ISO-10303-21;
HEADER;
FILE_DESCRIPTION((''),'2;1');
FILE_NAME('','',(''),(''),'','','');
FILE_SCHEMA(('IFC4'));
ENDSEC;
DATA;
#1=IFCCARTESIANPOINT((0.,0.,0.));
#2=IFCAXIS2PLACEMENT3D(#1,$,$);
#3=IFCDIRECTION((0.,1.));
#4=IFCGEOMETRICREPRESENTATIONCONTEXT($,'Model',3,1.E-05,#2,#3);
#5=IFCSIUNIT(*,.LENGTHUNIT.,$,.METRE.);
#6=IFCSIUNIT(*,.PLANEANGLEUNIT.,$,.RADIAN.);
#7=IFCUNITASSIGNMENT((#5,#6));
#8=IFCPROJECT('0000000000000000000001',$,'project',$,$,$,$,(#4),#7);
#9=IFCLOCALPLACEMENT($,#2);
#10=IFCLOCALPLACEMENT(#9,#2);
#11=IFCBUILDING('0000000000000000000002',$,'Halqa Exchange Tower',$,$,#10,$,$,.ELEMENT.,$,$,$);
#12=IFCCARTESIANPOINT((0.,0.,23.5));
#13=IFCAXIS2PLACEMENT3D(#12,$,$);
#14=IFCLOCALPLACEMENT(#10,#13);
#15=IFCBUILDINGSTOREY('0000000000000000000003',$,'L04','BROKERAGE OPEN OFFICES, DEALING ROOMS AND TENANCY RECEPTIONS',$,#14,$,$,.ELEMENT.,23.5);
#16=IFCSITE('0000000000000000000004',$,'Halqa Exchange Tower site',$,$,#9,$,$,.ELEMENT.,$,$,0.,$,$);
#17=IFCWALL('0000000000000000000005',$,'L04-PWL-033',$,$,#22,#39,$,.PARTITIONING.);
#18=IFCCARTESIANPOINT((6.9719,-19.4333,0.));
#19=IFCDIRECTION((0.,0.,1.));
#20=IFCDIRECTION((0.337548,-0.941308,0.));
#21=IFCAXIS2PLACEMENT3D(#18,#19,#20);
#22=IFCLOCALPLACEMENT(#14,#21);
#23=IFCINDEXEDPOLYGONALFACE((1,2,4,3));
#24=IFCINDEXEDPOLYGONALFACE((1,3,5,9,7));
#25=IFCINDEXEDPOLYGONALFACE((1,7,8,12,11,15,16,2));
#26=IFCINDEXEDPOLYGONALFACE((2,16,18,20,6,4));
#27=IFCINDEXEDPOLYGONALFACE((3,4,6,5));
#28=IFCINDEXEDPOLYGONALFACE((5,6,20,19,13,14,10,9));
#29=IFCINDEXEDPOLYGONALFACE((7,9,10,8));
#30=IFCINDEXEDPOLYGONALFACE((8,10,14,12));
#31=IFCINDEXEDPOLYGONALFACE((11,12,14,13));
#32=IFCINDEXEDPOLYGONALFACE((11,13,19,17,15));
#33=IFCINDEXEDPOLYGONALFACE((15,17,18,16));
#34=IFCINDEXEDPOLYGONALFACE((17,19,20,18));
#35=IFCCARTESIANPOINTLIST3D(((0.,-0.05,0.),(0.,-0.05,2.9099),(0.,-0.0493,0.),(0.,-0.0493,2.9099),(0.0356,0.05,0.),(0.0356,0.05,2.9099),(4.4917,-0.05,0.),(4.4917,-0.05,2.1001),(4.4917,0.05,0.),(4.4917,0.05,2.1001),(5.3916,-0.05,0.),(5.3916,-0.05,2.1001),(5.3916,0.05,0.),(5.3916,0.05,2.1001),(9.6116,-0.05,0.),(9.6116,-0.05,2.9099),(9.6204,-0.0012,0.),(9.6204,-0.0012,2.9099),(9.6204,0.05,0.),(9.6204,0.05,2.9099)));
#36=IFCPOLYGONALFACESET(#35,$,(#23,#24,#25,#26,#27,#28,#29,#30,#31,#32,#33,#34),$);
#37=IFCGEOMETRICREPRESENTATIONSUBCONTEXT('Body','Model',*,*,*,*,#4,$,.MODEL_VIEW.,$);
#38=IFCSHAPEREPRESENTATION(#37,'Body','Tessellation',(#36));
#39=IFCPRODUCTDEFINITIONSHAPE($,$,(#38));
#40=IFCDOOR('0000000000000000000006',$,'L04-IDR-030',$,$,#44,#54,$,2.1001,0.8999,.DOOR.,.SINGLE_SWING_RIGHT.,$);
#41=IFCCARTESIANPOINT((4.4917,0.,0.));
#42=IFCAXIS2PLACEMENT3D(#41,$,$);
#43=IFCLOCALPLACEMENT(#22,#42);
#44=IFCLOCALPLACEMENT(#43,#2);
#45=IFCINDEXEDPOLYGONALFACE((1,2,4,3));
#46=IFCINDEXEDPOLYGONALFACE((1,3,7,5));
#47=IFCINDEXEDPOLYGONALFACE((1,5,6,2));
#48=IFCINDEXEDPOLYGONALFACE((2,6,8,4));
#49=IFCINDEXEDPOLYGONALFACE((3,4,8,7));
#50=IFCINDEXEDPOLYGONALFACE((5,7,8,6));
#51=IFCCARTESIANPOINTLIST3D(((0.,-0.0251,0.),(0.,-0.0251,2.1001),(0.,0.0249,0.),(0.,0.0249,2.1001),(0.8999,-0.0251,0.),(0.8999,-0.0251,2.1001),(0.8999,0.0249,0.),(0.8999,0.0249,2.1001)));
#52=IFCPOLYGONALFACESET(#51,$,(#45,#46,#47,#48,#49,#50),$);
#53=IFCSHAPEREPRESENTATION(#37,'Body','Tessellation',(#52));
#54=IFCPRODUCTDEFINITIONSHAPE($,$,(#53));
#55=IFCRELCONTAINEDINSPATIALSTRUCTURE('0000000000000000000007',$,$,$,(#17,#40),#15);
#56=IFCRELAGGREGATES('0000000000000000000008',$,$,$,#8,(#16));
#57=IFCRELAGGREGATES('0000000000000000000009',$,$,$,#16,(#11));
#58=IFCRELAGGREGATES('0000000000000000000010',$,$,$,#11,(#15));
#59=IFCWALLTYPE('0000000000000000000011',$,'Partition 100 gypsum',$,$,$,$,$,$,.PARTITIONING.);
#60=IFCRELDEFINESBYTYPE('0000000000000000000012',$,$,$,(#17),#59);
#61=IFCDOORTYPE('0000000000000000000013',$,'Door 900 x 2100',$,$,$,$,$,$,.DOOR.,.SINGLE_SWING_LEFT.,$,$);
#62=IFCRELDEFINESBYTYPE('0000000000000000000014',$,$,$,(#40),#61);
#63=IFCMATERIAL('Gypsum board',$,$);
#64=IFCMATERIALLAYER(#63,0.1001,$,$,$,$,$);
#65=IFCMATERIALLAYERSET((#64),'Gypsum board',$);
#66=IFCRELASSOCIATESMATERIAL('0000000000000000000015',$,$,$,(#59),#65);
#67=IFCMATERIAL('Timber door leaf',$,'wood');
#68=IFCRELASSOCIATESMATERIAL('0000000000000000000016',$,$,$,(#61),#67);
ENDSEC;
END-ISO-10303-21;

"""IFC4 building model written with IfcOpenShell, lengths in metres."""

from ifc_helpers import new_model, si_unit, direction, frame, frame_2d, origin, place, context, subcontext, project, spatial, polyline, rectangle, outline, extrude, material, layer, layer_set, type_object, element, fill, save


model = new_model("IFC4")

# Units and contexts
model_context = context("Model", 3, precision=1e-05, world=origin(), true_north=direction((0.0, 1.0)))
body_context = subcontext(model_context, "Body", "Model", "MODEL_VIEW")
ifc_project = project(units=[si_unit("LENGTHUNIT", "METRE"), si_unit("PLANEANGLEUNIT", "RADIAN")], contexts=[model_context])

# Site, building, storey
site_placement = place(None, origin())
site = spatial("IfcSite", under=ifc_project, at=site_placement, Name="Halqa Exchange Tower site", CompositionType="ELEMENT", RefElevation=0.0)
building_placement = place(site_placement, origin())
building = spatial("IfcBuilding", under=site, at=building_placement, Name="Halqa Exchange Tower", CompositionType="ELEMENT")
storey_placement = place(building_placement, frame((0.0, 0.0, 23.5)))
storey = spatial("IfcBuildingStorey", under=building, at=storey_placement, Name="L04", Description="BROKERAGE OPEN OFFICES, DEALING ROOMS AND TENANCY RECEPTIONS", CompositionType="ELEMENT", Elevation=23.5)

# Shared definitions
ifc_material_1 = material(Name="Gypsum board")
ifc_layer_1 = layer(ifc_material_1, 0.1001)
ifc_layer_set_1 = layer_set([ifc_layer_1], Name="Gypsum board")
wall_type_1 = type_object("IfcWallType", Name="Partition 100 gypsum", PredefinedType="PARTITIONING", material=ifc_layer_set_1)

# Wall, opening, door
wall_1_placement = place(storey_placement, frame((6.9719, -19.4333, 0.0), z_axis=(0.0, 0.0, 1.0), x_axis=(0.337548, -0.941308, 0.0)))
wall_1 = element("IfcWall", 1, at=wall_1_placement, inside=storey, type_object=wall_type_1, Name="L04-PWL-033", PredefinedType="PARTITIONING", context=body_context, shape_type="SweptSolid", body=[
    extrude(outline(polyline([(0.0, -0.05), (1.9224, -0.05), (3.8447, -0.05), (5.7668, -0.05), (7.6892, -0.05), (9.6116, -0.05), (9.6204, -0.0012), (9.6204, 0.0022), (9.6204, 0.05), (7.7034, 0.05), (5.7864, 0.05), (3.8696, 0.05), (1.9526, 0.05), (0.0356, 0.05), (0.0, -0.0493), (0.0, -0.05)])), origin(), (0.0, 0.0, 1.0), 2.9099),
])
opening_1_placement = place(wall_1_placement, frame((4.4917, 0.0, 0.0)))
opening_1 = element("IfcOpeningElement", 2, at=opening_1_placement, cuts=wall_1, PredefinedType="OPENING", context=body_context, shape_type="SweptSolid", body=[
    extrude(rectangle(XDim=0.8999, YDim=2.1001, at=frame_2d((0.45, 1.05))), frame((0.0, 0.062, 0.0), z_axis=(0.0, -1.0, 0.0), x_axis=(1.0, 0.0, 0.0)), (0.0, 0.0, 1.0), 0.124),
])
ifc_material_2 = material(Name="Timber door leaf", Category="wood")
door_type_1 = type_object("IfcDoorType", Name="Door 900 x 2100", OperationType="SINGLE_SWING_LEFT", PredefinedType="DOOR", material=ifc_material_2)
door_1_placement = place(opening_1_placement, origin())
door_1 = element("IfcDoor", 3, at=door_1_placement, inside=storey, type_object=door_type_1, Name="L04-IDR-030", OperationType="SINGLE_SWING_RIGHT", OverallHeight=2.1001, OverallWidth=0.8999, PredefinedType="DOOR", context=body_context, shape_type="SweptSolid", body=[
    extrude(rectangle(XDim=0.8999, YDim=2.1001, at=frame_2d((0.45, 1.05))), frame((0.0, 0.0249, 0.0), z_axis=(0.0, -1.0, 0.0), x_axis=(1.0, 0.0, 0.0)), (0.0, 0.0, 1.0), 0.05),
])
fill(opening_1, door_1)

save(model, "model.ifc")
